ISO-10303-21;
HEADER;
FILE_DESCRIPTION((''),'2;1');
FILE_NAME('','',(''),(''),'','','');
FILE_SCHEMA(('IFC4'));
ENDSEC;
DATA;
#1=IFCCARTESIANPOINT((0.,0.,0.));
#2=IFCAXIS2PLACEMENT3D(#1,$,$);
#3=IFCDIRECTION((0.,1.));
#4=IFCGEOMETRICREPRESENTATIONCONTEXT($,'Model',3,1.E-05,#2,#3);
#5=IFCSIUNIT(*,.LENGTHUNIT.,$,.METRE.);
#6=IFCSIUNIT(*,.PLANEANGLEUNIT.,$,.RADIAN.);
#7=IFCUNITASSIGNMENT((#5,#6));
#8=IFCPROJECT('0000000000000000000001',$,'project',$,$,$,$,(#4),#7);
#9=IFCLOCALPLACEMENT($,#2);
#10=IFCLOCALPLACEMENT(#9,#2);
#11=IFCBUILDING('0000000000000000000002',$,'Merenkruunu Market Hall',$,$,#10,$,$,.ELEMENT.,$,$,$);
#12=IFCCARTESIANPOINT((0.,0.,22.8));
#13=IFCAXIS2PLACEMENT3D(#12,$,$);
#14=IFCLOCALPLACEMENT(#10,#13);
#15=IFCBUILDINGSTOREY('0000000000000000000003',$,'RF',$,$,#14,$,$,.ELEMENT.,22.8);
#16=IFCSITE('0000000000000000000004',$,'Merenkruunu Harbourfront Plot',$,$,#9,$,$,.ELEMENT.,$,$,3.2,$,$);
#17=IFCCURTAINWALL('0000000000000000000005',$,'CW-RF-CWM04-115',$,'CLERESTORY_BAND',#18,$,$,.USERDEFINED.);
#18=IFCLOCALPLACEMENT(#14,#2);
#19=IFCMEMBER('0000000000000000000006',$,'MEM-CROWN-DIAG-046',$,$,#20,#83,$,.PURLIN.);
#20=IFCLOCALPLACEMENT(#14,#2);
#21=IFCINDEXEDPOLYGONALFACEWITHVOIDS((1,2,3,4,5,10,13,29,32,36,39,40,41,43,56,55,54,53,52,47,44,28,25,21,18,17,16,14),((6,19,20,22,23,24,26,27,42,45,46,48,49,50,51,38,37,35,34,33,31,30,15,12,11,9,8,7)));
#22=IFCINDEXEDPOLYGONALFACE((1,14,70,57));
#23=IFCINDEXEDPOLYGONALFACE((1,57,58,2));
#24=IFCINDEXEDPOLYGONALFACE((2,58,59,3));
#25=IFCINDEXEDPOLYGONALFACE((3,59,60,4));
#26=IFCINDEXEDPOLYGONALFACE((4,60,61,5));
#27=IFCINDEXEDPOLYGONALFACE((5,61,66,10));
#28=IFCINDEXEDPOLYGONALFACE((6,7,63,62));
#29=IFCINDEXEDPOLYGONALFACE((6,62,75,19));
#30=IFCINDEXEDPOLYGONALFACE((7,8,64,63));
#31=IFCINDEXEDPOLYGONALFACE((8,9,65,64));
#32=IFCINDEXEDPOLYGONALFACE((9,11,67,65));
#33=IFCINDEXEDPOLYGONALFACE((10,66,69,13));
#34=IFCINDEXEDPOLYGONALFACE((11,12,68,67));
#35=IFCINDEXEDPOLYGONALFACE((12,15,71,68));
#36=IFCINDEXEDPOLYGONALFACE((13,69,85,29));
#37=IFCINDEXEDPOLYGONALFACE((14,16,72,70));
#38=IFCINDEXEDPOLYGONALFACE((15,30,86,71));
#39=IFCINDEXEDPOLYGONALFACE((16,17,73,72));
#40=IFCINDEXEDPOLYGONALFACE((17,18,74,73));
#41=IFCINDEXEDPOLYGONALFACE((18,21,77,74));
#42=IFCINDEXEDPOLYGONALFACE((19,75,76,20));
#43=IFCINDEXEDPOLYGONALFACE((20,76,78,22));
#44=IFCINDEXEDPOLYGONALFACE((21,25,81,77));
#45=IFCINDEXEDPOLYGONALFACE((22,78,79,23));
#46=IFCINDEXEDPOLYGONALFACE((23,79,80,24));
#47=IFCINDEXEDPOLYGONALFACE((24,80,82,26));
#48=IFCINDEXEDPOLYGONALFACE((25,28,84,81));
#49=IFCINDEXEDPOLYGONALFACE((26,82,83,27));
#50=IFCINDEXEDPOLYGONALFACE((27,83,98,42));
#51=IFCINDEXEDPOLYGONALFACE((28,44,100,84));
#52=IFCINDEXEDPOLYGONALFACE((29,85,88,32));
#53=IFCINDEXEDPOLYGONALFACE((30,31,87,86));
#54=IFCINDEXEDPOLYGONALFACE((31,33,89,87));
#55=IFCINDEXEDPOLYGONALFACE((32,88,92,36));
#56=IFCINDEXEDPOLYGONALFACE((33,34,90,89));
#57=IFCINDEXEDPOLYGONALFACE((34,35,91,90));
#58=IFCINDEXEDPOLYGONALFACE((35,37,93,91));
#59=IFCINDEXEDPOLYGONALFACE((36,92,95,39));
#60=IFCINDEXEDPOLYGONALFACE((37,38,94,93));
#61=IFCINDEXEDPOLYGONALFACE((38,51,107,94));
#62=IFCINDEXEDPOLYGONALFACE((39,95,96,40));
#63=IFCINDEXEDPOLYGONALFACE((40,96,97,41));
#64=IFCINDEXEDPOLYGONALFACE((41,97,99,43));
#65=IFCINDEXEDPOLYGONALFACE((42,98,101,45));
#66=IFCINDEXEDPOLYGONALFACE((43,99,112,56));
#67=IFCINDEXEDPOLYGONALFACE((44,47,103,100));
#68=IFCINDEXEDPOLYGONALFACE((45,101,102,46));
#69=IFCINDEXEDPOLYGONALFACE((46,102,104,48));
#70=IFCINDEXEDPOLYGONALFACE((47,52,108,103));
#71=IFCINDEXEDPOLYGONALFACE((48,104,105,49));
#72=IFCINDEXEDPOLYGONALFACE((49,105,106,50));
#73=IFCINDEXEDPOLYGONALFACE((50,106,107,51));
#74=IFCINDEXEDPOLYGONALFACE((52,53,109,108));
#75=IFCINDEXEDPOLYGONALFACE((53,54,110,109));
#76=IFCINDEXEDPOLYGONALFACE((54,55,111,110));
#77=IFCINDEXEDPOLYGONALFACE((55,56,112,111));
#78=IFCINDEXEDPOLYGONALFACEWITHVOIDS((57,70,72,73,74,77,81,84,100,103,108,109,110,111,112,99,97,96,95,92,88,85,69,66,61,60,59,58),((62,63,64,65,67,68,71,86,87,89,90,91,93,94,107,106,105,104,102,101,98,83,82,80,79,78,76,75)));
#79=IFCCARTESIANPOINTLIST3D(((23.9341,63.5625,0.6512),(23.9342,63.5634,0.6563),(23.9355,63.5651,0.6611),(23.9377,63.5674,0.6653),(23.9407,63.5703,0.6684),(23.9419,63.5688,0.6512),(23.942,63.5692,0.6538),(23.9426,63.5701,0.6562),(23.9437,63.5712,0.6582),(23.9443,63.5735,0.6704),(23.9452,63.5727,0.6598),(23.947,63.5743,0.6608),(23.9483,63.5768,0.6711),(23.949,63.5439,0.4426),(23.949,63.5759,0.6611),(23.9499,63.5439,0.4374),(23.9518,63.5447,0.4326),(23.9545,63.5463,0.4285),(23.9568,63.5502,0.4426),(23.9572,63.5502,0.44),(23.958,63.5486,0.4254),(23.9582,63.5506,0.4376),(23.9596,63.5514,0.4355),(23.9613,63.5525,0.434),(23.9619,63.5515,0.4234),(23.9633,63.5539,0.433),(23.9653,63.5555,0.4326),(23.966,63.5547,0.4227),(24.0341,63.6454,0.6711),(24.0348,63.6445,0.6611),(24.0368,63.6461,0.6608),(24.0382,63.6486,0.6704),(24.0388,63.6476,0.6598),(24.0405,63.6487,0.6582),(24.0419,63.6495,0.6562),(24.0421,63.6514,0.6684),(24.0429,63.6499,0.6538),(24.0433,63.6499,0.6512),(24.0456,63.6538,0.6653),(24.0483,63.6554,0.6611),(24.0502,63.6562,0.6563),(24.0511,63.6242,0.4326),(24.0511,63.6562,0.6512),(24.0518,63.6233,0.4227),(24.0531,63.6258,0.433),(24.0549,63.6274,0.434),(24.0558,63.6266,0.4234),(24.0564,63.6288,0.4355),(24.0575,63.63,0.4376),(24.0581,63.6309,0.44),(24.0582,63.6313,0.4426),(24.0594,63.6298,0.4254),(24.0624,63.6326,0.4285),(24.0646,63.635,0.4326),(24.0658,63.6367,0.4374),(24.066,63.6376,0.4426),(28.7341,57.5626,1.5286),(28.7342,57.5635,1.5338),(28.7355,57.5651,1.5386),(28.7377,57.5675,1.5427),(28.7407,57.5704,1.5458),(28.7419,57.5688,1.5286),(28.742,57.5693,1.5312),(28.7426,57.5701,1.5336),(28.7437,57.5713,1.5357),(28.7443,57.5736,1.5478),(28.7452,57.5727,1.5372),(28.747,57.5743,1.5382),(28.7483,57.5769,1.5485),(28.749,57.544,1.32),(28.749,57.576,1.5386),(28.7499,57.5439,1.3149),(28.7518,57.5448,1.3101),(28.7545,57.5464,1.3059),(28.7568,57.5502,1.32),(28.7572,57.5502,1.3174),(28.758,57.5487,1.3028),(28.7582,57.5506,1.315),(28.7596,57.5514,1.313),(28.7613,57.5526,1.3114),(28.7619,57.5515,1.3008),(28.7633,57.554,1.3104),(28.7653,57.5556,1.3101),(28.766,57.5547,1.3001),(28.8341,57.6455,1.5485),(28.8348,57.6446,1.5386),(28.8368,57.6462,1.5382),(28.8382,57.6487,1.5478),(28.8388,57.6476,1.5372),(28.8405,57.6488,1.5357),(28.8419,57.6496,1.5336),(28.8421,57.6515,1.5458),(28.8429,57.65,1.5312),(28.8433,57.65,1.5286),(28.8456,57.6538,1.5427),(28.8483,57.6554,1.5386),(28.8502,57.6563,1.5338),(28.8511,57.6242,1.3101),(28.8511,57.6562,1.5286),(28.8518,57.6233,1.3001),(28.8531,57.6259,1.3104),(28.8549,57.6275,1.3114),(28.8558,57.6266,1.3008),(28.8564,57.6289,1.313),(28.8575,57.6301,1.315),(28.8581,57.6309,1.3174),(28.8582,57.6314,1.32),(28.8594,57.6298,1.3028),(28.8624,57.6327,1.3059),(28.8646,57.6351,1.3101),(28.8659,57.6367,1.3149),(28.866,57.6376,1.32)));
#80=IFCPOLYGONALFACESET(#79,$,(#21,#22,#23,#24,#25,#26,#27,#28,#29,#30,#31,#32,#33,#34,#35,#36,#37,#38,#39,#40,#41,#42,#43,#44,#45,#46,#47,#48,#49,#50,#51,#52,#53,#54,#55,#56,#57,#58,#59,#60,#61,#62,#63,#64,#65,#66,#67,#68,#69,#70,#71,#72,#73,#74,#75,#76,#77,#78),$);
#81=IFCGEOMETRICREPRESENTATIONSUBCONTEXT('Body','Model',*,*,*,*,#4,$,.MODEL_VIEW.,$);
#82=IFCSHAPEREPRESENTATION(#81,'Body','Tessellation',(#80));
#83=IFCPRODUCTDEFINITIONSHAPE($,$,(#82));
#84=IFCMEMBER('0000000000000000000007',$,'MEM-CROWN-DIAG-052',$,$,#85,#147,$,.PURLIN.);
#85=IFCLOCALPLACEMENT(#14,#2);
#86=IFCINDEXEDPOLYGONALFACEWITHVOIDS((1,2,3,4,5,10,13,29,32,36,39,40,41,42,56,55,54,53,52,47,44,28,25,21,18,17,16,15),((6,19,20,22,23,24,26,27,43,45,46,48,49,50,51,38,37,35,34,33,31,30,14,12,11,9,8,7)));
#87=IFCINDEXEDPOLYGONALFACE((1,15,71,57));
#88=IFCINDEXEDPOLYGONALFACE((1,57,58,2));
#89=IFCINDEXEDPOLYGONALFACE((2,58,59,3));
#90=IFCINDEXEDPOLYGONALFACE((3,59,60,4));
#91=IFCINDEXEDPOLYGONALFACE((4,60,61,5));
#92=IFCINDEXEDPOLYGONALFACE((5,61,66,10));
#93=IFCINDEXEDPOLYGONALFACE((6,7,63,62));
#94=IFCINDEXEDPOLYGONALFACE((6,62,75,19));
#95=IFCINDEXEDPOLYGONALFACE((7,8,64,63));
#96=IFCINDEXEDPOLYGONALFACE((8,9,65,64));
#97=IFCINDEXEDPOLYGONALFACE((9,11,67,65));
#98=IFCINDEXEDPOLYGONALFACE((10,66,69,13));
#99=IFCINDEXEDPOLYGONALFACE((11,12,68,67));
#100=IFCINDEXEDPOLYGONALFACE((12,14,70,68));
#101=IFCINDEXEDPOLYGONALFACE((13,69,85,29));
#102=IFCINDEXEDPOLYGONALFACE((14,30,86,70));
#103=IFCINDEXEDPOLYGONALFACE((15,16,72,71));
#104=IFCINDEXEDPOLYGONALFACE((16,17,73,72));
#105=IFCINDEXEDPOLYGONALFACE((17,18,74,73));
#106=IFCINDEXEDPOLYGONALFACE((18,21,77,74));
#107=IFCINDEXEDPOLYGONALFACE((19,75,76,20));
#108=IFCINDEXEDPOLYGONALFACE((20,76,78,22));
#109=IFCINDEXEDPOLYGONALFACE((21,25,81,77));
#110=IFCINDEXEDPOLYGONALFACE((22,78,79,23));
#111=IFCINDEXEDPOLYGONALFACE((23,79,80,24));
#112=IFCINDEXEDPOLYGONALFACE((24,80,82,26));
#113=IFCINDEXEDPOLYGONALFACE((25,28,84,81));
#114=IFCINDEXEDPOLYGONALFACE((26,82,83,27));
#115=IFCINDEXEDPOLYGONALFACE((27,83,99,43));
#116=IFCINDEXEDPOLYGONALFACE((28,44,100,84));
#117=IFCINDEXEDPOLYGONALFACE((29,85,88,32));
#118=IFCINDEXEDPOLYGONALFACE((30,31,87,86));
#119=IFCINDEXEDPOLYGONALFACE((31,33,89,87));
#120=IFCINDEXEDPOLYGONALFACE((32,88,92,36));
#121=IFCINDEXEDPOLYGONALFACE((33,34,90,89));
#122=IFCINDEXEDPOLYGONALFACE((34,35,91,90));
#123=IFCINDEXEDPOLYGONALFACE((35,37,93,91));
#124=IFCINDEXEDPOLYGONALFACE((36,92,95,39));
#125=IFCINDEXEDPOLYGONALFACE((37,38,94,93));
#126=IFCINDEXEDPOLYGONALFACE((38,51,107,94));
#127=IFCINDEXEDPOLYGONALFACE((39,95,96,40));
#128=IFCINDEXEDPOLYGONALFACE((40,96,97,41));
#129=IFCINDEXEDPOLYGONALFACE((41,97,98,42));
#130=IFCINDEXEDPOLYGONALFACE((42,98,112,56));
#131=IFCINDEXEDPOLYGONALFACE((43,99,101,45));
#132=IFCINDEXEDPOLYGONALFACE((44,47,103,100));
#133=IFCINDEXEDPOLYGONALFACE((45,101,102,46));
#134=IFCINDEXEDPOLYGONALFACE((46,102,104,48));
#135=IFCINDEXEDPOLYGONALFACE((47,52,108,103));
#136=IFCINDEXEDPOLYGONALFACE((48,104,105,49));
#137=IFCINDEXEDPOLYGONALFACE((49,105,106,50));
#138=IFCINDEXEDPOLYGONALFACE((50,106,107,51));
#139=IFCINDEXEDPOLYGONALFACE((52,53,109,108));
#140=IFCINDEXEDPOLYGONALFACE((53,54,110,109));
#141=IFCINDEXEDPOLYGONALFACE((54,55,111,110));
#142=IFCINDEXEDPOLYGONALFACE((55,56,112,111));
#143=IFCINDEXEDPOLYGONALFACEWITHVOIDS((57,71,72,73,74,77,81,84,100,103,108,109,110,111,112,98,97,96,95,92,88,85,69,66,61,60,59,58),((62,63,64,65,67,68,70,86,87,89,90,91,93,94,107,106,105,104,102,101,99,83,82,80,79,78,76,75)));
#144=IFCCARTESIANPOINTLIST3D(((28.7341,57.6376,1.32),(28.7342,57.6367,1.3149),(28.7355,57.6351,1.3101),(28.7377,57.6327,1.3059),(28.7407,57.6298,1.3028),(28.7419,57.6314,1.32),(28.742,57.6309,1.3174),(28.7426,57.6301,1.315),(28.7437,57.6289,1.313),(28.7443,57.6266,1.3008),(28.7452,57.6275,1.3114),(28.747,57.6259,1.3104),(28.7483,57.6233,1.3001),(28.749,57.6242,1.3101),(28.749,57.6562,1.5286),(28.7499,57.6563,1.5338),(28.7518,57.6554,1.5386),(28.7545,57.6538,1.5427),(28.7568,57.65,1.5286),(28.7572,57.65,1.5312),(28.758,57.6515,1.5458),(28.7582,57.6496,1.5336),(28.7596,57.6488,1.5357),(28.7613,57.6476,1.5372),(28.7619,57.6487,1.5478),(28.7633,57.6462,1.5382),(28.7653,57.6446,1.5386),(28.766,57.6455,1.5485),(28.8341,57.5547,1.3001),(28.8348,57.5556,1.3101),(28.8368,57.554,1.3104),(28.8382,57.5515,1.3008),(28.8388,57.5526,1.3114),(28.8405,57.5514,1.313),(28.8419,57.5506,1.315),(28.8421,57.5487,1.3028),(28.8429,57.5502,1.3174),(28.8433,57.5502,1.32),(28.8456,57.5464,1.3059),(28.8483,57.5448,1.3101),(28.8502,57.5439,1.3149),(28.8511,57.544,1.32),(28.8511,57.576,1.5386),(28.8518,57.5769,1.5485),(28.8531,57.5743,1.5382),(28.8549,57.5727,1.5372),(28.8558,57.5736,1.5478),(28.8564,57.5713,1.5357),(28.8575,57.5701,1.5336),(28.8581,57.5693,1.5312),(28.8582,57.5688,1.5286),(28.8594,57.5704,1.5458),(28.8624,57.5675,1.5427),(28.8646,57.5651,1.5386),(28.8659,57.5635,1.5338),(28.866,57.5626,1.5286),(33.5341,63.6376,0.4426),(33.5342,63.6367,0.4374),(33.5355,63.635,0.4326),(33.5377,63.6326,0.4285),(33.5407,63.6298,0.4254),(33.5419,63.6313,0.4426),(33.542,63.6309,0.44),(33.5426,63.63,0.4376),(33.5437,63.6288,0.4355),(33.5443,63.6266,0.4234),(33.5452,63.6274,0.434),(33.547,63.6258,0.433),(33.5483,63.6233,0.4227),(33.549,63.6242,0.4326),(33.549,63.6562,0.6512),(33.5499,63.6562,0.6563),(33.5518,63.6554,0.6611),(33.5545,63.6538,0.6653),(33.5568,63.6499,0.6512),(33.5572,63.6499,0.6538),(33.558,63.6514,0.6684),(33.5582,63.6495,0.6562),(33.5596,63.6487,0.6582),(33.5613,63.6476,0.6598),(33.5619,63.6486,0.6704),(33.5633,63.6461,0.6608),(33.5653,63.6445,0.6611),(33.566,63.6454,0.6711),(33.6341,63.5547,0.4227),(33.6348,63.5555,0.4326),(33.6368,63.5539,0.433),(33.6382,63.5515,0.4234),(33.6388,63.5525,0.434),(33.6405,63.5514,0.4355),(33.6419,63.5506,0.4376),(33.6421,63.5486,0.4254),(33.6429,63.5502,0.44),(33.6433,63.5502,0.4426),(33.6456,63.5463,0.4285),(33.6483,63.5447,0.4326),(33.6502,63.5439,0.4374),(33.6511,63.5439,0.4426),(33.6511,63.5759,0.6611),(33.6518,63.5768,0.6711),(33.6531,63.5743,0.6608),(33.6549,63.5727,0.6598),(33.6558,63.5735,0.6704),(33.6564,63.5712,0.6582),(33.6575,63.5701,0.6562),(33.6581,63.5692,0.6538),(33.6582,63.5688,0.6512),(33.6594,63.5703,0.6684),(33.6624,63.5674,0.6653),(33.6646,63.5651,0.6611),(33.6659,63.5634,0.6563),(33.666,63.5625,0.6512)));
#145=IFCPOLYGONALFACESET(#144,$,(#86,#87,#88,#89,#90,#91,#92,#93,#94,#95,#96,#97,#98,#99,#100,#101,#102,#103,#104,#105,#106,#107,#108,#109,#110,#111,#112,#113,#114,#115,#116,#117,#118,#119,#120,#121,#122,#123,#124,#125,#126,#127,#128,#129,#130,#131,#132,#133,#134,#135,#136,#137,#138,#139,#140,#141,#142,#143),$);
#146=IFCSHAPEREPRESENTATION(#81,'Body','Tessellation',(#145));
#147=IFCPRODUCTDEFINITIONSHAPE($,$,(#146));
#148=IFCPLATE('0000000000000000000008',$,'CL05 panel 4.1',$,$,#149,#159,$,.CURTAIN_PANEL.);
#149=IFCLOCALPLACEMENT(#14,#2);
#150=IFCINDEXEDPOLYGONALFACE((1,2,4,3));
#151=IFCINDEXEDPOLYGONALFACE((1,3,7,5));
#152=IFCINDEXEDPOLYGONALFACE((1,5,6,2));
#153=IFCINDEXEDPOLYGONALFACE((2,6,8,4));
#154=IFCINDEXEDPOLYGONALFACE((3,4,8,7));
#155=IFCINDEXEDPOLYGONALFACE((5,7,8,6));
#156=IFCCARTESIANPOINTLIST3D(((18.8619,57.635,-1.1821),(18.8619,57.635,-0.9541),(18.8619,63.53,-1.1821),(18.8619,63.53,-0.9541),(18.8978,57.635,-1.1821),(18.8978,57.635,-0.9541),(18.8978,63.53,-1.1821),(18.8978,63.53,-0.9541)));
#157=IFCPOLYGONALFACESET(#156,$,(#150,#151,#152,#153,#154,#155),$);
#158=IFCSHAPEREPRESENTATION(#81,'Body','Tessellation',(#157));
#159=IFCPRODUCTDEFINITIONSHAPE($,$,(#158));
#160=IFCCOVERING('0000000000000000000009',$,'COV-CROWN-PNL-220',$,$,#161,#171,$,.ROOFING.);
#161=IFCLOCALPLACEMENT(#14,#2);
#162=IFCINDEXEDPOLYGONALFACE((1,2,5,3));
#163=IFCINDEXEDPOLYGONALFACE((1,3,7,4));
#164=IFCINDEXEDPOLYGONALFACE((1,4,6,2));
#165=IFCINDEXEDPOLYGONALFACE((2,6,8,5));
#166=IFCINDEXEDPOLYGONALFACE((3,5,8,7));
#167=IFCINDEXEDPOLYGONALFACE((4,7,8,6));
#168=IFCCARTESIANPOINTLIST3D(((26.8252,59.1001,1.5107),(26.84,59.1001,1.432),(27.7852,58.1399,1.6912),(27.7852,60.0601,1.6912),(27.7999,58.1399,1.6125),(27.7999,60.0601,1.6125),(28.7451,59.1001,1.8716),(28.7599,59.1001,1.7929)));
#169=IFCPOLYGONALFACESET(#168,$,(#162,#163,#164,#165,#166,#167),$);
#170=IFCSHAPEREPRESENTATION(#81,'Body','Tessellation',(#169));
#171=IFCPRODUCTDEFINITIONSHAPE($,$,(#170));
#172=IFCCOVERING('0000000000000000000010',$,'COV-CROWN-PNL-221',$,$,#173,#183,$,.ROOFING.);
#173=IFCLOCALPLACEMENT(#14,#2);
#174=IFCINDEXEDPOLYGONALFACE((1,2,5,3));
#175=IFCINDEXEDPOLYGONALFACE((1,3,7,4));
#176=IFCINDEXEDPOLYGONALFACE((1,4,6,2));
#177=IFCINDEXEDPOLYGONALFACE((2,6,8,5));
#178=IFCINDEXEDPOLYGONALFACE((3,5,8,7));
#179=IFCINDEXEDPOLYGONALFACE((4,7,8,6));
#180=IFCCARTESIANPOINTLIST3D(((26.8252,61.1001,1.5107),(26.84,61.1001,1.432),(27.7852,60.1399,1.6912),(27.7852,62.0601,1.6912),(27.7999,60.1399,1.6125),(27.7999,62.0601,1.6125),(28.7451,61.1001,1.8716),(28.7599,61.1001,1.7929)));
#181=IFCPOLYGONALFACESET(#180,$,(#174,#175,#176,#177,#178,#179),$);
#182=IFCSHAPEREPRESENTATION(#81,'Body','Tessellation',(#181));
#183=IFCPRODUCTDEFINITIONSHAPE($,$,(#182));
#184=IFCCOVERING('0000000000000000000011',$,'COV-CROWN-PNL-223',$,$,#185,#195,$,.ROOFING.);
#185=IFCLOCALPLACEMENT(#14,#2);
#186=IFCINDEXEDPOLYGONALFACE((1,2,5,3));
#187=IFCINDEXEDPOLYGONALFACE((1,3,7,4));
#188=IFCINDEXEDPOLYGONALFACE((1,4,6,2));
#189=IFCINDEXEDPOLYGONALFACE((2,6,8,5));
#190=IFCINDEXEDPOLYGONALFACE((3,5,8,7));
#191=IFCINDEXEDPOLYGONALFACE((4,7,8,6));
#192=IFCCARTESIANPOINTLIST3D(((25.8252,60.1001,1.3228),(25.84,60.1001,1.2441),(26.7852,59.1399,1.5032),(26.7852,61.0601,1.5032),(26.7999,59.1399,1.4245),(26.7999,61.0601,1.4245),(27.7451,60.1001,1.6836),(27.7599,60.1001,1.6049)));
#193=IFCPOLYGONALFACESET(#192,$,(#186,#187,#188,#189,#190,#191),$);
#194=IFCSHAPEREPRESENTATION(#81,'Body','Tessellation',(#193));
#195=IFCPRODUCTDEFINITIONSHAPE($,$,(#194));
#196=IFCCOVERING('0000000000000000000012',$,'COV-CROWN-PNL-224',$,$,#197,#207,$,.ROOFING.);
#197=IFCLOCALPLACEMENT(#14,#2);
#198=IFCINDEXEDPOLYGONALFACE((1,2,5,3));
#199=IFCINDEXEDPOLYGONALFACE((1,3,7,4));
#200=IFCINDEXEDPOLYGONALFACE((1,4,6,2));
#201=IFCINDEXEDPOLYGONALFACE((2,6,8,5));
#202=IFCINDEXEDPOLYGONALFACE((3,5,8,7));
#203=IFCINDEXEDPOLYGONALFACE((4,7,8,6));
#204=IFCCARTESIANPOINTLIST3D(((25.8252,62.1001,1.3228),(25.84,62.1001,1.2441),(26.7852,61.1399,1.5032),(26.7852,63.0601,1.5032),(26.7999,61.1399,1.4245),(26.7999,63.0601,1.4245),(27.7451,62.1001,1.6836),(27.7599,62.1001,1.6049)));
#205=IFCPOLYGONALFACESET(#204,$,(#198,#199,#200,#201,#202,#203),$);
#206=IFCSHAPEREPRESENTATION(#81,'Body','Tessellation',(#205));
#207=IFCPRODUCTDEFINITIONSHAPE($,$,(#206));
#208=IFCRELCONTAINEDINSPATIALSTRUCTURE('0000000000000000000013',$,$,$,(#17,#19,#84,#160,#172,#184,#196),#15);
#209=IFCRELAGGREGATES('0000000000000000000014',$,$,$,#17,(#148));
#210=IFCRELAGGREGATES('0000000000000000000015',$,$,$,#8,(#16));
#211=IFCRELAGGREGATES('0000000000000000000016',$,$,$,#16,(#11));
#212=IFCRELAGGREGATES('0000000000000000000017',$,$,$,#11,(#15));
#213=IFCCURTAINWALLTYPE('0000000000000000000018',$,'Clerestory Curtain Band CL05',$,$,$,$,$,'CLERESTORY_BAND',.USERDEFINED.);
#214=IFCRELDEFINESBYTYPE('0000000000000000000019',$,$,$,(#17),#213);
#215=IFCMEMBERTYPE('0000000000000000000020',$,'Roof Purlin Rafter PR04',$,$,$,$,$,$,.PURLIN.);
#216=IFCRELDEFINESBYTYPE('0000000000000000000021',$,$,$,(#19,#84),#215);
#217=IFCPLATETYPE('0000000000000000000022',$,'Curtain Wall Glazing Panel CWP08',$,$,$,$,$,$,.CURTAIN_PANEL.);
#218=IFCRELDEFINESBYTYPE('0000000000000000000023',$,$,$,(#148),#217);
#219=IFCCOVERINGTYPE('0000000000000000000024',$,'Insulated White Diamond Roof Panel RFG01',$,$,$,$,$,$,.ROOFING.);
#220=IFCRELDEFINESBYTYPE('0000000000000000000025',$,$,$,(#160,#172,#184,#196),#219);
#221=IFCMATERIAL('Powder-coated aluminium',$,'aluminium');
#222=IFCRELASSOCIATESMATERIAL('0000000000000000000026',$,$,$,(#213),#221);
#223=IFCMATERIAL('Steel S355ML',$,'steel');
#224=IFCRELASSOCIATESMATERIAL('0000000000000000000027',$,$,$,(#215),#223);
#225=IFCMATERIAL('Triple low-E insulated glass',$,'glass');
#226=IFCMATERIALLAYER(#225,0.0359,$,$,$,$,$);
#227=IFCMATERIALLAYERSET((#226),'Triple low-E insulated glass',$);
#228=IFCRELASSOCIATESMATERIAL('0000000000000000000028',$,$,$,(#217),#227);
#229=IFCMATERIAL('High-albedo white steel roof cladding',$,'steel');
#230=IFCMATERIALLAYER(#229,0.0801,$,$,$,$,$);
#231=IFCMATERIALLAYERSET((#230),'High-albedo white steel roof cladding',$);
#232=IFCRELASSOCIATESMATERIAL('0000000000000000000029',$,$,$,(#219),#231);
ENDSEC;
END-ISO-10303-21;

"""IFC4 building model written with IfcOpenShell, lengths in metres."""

from ifc_helpers import new_model, si_unit, direction, frame, origin, origin_2d, place, context, subcontext, project, spatial, polyline, rectangle, hollow_rectangle, outline, extrude, material, layer, layer_set, material_profile, profile_set, type_object, element, aggregate, save


model = new_model("IFC4")

# Units and contexts
model_context = context("Model", 3, precision=1e-05, world=origin(), true_north=direction((0.0, 1.0)))
body_context = subcontext(model_context, "Body", "Model", "MODEL_VIEW")
ifc_project = project(units=[si_unit("LENGTHUNIT", "METRE"), si_unit("PLANEANGLEUNIT", "RADIAN")], contexts=[model_context])

# Site, building, storey
site_placement = place(None, origin())
site = spatial("IfcSite", under=ifc_project, at=site_placement, Name="Merenkruunu Harbourfront Plot", CompositionType="ELEMENT", RefElevation=3.2)
building_placement = place(site_placement, origin())
building = spatial("IfcBuilding", under=site, at=building_placement, Name="Merenkruunu Market Hall", CompositionType="ELEMENT")
storey_placement = place(building_placement, frame((0.0, 0.0, 22.8)))
storey = spatial("IfcBuildingStorey", under=building, at=storey_placement, Name="RF", CompositionType="ELEMENT", Elevation=22.8)

# Curtain wall
ifc_material_1 = material(Name="Powder-coated aluminium", Category="aluminium")
curtain_wall_type = type_object("IfcCurtainWallType", Name="Clerestory Curtain Band CL05", ElementType="CLERESTORY_BAND", PredefinedType="USERDEFINED", material=ifc_material_1)
curtain_wall_placement = place(storey_placement, origin())
curtain_wall = element("IfcCurtainWall", 1, at=curtain_wall_placement, inside=storey, type_object=curtain_wall_type, Name="CW-RF-CWM04-115", ObjectType="CLERESTORY_BAND", PredefinedType="USERDEFINED")

# Members
ifc_material_2 = material(Name="Steel S355ML", Category="steel")
ifc_material_profile_1 = material_profile(ifc_material_2, hollow_rectangle(XDim=0.1499, YDim=0.25, WallThickness=0.01, InnerFilletRadius=0.01, OuterFilletRadius=0.02, at=origin_2d()), Name="RHS 250x150x10")
ifc_profile_set_1 = profile_set([ifc_material_profile_1], Name="Steel S355ML")
member_type_1 = type_object("IfcMemberType", Name="Roof Purlin Rafter PR04", PredefinedType="PURLIN", material=ifc_profile_set_1)
for number, where, z_axis, x_axis, name in (
    (2, (28.8, 57.6001, 1.4243), (-0.620665, 0.775824, -0.113457), (-0.780866, -0.624699, 0.0), "MEM-CROWN-DIAG-046"),
    (3, (28.8, 57.6001, 1.4243), (0.620665, 0.775824, -0.113457), (-0.780866, 0.624699, 0.0), "MEM-CROWN-DIAG-052"),
):
    element("IfcMember", number, at=place(storey_placement, frame(where, z_axis=z_axis, x_axis=x_axis)), inside=storey, type_object=member_type_1, Name=name, PredefinedType="PURLIN", context=body_context, shape_type="SweptSolid", body=[
        extrude(hollow_rectangle(XDim=0.1499, YDim=0.25, WallThickness=0.01, InnerFilletRadius=0.01, OuterFilletRadius=0.02, at=origin_2d()), origin(), (0.0, 0.0, 1.0), 7.7336),
    ])

# Plate
ifc_material_3 = material(Name="Triple low-E insulated glass", Category="glass")
ifc_layer_1 = layer(ifc_material_3, 0.0359)
ifc_layer_set_1 = layer_set([ifc_layer_1], Name="Triple low-E insulated glass")
plate_type = type_object("IfcPlateType", Name="Curtain Wall Glazing Panel CWP08", PredefinedType="CURTAIN_PANEL", material=ifc_layer_set_1)
plate_placement = place(storey_placement, frame((18.8799, 60.5825, -1.1821), z_axis=(0.0, 0.0, 1.0), x_axis=(0.0, 1.0, 0.0)))
plate = element("IfcPlate", 4, at=plate_placement, type_object=plate_type, Name="CL05 panel 4.1", PredefinedType="CURTAIN_PANEL", context=body_context, shape_type="SweptSolid", body=[
    extrude(rectangle(XDim=5.895, YDim=0.0359, at=origin_2d()), origin(), (0.0, 0.0, 1.0), 0.228),
])
aggregate(curtain_wall, [plate])

# Coverings
ifc_material_4 = material(Name="High-albedo white steel roof cladding", Category="steel")
ifc_layer_2 = layer(ifc_material_4, 0.0801)
ifc_layer_set_2 = layer_set([ifc_layer_2], Name="High-albedo white steel roof cladding")
covering_type_1 = type_object("IfcCoveringType", Name="Insulated White Diamond Roof Panel RFG01", PredefinedType="ROOFING", material=ifc_layer_set_2)
for number, where, z_axis, x_axis, name in (
    (5, (26.8252, 59.1001, 1.5107), (-0.184711, 0.0, 0.982793), (0.700856, -0.701035, 0.131722), "COV-CROWN-PNL-220"),
    (6, (26.8252, 61.1001, 1.5107), (-0.184711, 0.0, 0.982793), (0.700856, -0.701035, 0.131722), "COV-CROWN-PNL-221"),
    (7, (25.8252, 60.1001, 1.3228), (-0.184711, 0.0, 0.982793), (0.700856, -0.701035, 0.131722), "COV-CROWN-PNL-223"),
    (8, (25.8252, 62.1001, 1.3228), (-0.184711, 0.0, 0.982793), (0.700856, -0.701035, 0.131722), "COV-CROWN-PNL-224"),
):
    element("IfcCovering", number, at=place(storey_placement, frame(where, z_axis=z_axis, x_axis=x_axis)), inside=storey, type_object=covering_type_1, Name=name, PredefinedType="ROOFING", context=body_context, shape_type="SweptSolid", body=[
        extrude(outline(polyline([(0.0, 0.0), (1.3697, 0.0), (1.3931, 1.3695), (0.0236, 1.3693), (0.0, 0.0)])), origin(), (0.0, 0.0, -1.0), 0.0801),
    ])

save(model, "model.ifc")
